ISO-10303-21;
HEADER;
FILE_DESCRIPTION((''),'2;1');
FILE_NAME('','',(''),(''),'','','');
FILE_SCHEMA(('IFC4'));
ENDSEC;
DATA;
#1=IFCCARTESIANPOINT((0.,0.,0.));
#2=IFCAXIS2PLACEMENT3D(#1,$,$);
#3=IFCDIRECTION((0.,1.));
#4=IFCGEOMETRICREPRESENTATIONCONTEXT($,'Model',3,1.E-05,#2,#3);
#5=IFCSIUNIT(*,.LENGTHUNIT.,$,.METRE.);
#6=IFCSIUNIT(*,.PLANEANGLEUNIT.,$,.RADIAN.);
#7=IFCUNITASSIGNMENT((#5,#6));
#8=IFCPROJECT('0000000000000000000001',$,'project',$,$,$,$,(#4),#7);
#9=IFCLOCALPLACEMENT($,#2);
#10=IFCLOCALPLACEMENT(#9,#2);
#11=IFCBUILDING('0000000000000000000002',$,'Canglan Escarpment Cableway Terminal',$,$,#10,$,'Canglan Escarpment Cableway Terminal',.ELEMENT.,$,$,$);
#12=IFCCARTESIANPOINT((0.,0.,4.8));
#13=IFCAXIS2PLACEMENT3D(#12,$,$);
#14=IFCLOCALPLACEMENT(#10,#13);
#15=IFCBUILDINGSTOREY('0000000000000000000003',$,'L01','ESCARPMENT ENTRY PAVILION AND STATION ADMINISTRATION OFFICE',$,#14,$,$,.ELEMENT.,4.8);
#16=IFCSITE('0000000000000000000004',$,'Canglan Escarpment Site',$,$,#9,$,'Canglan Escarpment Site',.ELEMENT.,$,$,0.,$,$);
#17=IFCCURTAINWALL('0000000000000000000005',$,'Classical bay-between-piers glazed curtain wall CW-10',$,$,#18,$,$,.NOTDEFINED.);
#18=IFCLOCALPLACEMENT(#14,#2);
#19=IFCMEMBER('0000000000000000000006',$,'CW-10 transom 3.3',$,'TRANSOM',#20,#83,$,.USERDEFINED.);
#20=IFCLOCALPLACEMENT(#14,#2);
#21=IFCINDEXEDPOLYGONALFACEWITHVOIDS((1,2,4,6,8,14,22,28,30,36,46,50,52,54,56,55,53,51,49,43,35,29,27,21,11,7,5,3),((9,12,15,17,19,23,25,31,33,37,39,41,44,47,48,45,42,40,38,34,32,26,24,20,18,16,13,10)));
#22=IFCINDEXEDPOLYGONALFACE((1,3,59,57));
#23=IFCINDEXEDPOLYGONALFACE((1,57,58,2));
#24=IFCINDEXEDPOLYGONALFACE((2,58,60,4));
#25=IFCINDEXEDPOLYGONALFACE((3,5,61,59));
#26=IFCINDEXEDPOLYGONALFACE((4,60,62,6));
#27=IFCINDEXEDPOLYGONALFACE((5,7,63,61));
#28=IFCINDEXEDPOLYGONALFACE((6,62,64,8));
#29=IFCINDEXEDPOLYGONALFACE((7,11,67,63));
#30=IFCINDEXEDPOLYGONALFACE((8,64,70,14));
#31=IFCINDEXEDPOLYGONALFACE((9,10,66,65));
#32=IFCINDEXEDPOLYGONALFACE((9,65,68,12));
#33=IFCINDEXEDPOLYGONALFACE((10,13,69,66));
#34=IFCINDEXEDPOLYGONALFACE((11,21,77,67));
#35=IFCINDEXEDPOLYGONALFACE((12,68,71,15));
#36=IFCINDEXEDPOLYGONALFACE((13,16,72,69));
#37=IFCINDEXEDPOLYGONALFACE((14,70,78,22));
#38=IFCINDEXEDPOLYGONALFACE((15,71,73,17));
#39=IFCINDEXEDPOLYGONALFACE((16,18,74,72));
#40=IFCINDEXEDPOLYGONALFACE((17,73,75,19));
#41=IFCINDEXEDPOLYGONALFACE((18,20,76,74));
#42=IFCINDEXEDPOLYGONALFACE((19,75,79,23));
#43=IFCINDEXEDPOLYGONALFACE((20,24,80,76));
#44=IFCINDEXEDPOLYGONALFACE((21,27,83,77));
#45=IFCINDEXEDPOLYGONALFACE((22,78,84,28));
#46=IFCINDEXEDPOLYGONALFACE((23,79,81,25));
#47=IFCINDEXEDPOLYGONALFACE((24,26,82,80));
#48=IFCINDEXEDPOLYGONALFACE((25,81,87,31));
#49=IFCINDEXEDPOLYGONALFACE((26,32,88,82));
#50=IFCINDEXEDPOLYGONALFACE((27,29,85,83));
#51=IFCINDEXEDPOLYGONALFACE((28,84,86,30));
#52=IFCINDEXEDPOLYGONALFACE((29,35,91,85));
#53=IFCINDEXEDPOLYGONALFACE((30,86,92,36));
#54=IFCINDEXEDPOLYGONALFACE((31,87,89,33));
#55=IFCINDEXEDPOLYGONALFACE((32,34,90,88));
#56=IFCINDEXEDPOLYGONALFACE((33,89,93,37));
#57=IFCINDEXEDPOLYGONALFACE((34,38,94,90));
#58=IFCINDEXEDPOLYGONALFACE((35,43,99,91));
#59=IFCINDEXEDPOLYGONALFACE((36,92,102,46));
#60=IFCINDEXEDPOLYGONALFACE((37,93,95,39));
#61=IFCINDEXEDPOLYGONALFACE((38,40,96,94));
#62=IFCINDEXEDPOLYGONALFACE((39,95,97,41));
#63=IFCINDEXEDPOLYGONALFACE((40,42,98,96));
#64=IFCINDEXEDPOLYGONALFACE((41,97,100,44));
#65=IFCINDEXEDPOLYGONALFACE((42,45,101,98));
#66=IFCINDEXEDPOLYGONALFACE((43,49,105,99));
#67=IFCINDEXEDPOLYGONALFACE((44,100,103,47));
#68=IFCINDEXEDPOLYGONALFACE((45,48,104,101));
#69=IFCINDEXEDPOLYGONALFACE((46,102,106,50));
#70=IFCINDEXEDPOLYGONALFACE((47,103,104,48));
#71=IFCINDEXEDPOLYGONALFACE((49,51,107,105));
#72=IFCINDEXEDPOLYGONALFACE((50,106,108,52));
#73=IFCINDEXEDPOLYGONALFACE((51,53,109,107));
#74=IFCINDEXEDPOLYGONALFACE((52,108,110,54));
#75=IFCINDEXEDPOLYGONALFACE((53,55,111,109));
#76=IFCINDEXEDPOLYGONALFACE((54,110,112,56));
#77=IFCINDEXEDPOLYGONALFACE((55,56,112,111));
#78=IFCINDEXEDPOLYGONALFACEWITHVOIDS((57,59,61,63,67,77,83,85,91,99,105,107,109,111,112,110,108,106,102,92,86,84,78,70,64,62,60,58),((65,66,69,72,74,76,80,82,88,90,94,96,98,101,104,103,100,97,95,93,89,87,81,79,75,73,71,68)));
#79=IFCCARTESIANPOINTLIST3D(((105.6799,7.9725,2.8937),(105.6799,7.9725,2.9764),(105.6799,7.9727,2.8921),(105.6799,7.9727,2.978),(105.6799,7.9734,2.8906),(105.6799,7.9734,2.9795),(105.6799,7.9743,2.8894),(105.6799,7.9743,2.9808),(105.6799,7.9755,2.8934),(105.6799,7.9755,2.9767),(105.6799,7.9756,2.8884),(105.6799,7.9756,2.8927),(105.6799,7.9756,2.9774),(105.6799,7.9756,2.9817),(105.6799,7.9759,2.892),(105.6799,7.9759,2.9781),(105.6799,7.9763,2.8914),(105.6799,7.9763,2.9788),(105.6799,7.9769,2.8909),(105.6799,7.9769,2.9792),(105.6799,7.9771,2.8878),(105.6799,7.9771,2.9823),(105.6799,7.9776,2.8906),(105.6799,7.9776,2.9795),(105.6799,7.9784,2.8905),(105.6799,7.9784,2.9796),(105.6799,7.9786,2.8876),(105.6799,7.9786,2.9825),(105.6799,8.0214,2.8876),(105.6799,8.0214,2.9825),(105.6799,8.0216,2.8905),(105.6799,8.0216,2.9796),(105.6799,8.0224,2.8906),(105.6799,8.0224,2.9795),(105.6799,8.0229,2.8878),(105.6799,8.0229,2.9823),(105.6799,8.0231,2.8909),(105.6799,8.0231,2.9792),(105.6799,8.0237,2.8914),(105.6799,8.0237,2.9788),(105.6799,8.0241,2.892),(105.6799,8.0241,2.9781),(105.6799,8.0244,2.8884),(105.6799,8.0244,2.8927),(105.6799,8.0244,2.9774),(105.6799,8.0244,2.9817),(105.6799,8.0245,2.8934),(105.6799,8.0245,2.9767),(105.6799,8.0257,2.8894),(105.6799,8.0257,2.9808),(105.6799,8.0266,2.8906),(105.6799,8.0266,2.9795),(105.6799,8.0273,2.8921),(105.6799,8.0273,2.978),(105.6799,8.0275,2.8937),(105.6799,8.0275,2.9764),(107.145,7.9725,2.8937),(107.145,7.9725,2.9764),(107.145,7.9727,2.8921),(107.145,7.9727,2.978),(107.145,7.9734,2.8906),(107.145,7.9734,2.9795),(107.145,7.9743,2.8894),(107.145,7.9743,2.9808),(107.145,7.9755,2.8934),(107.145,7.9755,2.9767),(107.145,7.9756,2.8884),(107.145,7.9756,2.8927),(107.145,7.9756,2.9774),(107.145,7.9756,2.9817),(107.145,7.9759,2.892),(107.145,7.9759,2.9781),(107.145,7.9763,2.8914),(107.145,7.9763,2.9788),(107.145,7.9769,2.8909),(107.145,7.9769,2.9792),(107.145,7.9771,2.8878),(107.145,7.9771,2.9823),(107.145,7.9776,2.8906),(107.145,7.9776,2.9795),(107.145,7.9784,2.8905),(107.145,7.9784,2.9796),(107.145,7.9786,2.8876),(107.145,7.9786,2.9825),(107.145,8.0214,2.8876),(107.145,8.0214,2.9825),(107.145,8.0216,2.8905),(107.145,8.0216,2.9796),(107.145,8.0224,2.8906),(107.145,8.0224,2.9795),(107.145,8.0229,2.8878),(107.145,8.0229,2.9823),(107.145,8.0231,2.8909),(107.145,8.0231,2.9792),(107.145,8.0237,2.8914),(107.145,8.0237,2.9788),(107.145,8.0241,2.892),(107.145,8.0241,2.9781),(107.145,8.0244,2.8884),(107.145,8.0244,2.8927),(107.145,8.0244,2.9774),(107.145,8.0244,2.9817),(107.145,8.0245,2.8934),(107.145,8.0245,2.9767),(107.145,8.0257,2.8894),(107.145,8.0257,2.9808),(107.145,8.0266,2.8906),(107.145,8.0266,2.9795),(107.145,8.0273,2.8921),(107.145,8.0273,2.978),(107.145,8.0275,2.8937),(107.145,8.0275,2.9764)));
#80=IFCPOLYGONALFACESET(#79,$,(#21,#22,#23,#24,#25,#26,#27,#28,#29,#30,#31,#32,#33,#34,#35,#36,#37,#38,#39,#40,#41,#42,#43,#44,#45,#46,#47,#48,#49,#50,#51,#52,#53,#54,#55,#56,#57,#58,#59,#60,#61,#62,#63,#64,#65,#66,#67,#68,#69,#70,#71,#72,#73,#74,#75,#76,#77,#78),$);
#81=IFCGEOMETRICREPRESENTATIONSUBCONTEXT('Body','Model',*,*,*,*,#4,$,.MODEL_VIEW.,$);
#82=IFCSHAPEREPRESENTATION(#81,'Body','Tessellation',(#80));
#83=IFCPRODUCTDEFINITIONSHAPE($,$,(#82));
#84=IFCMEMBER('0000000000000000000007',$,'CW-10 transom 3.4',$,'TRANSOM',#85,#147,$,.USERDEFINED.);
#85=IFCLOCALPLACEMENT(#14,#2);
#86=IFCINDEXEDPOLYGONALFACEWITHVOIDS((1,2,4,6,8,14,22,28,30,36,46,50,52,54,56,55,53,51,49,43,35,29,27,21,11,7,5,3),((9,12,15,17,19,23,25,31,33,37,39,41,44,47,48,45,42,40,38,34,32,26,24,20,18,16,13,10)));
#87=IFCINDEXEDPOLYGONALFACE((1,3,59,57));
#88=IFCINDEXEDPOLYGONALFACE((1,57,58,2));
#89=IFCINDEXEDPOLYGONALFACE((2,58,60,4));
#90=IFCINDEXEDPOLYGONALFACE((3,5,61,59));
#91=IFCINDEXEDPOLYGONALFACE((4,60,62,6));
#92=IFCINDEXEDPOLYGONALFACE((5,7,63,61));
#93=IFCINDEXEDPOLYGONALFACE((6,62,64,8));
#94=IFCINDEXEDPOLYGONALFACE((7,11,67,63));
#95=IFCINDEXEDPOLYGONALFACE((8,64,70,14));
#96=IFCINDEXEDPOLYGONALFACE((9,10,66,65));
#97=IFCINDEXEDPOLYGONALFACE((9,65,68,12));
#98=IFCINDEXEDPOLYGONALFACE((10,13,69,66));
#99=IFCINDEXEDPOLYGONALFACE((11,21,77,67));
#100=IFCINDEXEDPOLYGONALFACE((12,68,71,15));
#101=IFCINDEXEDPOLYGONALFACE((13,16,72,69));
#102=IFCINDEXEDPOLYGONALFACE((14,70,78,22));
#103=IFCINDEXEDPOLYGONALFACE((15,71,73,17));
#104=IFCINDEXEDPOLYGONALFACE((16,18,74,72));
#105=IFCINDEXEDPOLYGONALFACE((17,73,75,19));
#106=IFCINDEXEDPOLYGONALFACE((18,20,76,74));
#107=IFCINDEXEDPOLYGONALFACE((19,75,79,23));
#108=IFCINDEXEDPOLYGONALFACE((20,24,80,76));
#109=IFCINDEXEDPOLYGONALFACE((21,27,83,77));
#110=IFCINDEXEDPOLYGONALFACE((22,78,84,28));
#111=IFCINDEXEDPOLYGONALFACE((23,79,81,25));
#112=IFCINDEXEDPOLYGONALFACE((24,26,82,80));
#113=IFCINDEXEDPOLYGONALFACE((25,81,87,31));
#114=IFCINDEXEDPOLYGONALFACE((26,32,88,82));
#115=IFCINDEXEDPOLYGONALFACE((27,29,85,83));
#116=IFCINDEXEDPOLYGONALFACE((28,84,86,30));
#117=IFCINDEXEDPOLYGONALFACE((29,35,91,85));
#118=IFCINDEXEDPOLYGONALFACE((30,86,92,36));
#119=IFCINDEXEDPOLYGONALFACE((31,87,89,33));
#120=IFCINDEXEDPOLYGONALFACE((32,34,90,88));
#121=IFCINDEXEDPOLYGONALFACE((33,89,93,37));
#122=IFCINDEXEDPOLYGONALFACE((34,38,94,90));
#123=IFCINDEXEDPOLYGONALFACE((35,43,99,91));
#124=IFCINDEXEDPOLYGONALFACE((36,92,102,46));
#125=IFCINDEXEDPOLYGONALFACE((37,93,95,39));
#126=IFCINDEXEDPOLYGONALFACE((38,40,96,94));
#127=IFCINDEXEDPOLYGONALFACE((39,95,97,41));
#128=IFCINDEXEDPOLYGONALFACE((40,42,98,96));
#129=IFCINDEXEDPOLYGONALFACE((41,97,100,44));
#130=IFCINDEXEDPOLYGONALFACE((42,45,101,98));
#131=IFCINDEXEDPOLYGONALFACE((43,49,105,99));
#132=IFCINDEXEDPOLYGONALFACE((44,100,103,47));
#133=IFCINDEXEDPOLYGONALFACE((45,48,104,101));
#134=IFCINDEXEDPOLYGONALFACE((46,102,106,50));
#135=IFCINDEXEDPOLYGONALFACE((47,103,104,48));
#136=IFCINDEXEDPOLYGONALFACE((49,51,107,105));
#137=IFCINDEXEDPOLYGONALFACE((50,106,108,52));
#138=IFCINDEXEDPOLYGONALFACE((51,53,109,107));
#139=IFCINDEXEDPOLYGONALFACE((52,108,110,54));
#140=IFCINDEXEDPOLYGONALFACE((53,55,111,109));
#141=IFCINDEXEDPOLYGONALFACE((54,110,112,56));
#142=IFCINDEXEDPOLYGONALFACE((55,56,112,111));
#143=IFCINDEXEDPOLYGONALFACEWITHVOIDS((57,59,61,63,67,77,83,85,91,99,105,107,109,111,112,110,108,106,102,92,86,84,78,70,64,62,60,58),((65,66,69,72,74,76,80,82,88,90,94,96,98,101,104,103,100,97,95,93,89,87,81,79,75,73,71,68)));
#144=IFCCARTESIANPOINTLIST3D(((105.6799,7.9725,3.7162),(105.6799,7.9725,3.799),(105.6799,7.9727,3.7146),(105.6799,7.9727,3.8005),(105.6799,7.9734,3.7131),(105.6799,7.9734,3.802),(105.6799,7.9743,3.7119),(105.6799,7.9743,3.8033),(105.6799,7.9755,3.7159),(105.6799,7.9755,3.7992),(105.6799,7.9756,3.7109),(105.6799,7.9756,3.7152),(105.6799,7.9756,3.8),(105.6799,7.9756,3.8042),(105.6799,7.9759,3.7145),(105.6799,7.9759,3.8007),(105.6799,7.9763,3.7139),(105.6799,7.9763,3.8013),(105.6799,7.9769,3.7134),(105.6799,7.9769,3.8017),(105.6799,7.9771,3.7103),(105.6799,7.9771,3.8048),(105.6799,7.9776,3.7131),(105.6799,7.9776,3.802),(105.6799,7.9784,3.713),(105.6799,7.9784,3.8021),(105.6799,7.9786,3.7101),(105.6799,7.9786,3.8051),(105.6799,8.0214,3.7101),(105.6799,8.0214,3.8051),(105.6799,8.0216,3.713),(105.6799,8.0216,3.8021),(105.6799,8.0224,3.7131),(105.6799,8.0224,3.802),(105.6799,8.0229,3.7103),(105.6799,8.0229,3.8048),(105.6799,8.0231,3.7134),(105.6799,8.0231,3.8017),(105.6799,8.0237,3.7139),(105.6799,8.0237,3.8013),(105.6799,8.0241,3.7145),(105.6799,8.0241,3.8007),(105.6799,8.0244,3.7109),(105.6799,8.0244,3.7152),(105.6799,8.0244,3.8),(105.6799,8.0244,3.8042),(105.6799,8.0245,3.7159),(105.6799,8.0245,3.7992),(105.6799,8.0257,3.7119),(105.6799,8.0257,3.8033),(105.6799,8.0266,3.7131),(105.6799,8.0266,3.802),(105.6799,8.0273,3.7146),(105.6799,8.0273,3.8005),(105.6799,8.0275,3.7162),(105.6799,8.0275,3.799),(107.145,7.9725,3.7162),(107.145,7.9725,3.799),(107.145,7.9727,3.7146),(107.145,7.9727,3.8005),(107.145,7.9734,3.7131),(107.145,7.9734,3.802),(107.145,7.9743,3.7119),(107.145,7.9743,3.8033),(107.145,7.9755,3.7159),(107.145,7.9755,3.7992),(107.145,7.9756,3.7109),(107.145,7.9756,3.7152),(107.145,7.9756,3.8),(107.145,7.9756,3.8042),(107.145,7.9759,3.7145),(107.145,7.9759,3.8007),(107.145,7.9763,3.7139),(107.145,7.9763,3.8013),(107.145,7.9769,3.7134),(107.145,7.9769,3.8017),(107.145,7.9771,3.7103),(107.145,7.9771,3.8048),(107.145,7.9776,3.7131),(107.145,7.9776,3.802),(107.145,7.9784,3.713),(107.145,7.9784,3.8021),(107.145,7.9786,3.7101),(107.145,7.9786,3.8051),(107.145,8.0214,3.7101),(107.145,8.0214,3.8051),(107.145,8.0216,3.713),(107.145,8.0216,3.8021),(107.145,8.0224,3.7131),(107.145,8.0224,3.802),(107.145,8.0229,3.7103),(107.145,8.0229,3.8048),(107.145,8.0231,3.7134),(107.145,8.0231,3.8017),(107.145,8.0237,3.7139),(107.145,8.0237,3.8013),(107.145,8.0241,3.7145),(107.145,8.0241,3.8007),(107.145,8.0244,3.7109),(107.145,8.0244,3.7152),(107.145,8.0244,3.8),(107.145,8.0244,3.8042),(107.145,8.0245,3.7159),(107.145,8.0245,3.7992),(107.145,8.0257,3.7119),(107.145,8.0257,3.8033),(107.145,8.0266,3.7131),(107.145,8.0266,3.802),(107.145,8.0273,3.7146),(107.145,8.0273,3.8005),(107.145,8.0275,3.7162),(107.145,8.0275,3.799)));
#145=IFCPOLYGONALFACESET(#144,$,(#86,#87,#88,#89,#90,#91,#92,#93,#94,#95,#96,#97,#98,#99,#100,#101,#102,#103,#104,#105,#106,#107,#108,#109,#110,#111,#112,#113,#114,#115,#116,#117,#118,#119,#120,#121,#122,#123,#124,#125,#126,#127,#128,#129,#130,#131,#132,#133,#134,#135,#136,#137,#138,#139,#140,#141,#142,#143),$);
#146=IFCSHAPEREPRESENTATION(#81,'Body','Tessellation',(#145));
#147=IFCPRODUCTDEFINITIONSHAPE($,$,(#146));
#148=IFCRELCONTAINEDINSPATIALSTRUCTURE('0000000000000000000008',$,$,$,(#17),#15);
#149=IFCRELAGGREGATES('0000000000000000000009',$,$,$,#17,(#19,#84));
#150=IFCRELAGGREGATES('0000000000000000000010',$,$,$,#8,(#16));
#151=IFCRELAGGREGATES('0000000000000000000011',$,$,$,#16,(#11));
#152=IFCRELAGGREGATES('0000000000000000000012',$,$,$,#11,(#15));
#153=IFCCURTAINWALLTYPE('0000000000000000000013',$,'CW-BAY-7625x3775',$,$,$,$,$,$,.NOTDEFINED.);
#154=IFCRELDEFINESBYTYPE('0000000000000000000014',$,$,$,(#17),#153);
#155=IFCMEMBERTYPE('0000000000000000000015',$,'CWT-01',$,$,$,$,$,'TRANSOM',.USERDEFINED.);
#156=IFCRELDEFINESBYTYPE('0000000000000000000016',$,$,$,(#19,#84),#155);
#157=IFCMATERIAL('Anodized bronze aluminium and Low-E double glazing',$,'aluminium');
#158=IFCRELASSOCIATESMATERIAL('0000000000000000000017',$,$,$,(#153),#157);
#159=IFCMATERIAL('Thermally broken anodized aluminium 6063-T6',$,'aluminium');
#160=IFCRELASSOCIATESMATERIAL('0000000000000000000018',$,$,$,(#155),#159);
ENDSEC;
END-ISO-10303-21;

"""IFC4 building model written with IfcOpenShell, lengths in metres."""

from ifc_helpers import new_model, si_unit, direction, frame, origin, origin_2d, place, context, subcontext, project, spatial, hollow_rectangle, extrude, material, material_profile, profile_set, type_object, element, aggregate, save


model = new_model("IFC4")

# Units and contexts
model_context = context("Model", 3, precision=1e-05, world=origin(), true_north=direction((0.0, 1.0)))
body_context = subcontext(model_context, "Body", "Model", "MODEL_VIEW")
ifc_project = project(units=[si_unit("LENGTHUNIT", "METRE"), si_unit("PLANEANGLEUNIT", "RADIAN")], contexts=[model_context])

# Site, building, storey
site_placement = place(None, origin())
site = spatial("IfcSite", under=ifc_project, at=site_placement, Name="Canglan Escarpment Site", LongName="Canglan Escarpment Site", CompositionType="ELEMENT", RefElevation=0.0)
building_placement = place(site_placement, origin())
building = spatial("IfcBuilding", under=site, at=building_placement, Name="Canglan Escarpment Cableway Terminal", LongName="Canglan Escarpment Cableway Terminal", CompositionType="ELEMENT")
storey_placement = place(building_placement, frame((0.0, 0.0, 4.8)))
storey = spatial("IfcBuildingStorey", under=building, at=storey_placement, Name="L01", Description="ESCARPMENT ENTRY PAVILION AND STATION ADMINISTRATION OFFICE", CompositionType="ELEMENT", Elevation=4.8)

# Curtain wall, members
ifc_material_1 = material(Name="Anodized bronze aluminium and Low-E double glazing", Category="aluminium")
curtain_wall_type = type_object("IfcCurtainWallType", Name="CW-BAY-7625x3775", PredefinedType="NOTDEFINED", material=ifc_material_1)
curtain_wall_placement = place(storey_placement, origin())
curtain_wall = element("IfcCurtainWall", 1, at=curtain_wall_placement, inside=storey, type_object=curtain_wall_type, Name="Classical bay-between-piers glazed curtain wall CW-10", PredefinedType="NOTDEFINED")
ifc_material_2 = material(Name="Thermally broken anodized aluminium 6063-T6", Category="aluminium")
ifc_material_profile_1 = material_profile(ifc_material_2, hollow_rectangle(XDim=0.0549, YDim=0.095, WallThickness=0.0029, InnerFilletRadius=0.0029, OuterFilletRadius=0.0061, at=origin_2d()), Name="ALU-TRAN 55x95x3")
ifc_profile_set_1 = profile_set([ifc_material_profile_1], Name="Thermally broken anodized aluminium 6063-T6")
member_type_1 = type_object("IfcMemberType", Name="CWT-01", ElementType="TRANSOM", PredefinedType="USERDEFINED", material=ifc_profile_set_1)
member_1_placement = place(storey_placement, frame((105.6799, 8.0, 2.9351), z_axis=(1.0, 0.0, 0.0), x_axis=(0.0, 1.0, 0.0)))
member_1 = element("IfcMember", 2, at=member_1_placement, type_object=member_type_1, Name="CW-10 transom 3.3", ObjectType="TRANSOM", PredefinedType="USERDEFINED", context=body_context, shape_type="SweptSolid", body=[
    extrude(hollow_rectangle(XDim=0.0549, YDim=0.095, WallThickness=0.0029, InnerFilletRadius=0.0029, OuterFilletRadius=0.0061, at=origin_2d()), origin(), (0.0, 0.0, 1.0), 1.4651),
])
member_2_placement = place(storey_placement, frame((105.6799, 8.0, 3.7576), z_axis=(1.0, 0.0, 0.0), x_axis=(0.0, 1.0, 0.0)))
member_2 = element("IfcMember", 3, at=member_2_placement, type_object=member_type_1, Name="CW-10 transom 3.4", ObjectType="TRANSOM", PredefinedType="USERDEFINED", context=body_context, shape_type="SweptSolid", body=[
    extrude(hollow_rectangle(XDim=0.0549, YDim=0.095, WallThickness=0.0029, InnerFilletRadius=0.0029, OuterFilletRadius=0.0061, at=origin_2d()), origin(), (0.0, 0.0, 1.0), 1.4651),
])
aggregate(curtain_wall, [member_1, member_2])

save(model, "model.ifc")
